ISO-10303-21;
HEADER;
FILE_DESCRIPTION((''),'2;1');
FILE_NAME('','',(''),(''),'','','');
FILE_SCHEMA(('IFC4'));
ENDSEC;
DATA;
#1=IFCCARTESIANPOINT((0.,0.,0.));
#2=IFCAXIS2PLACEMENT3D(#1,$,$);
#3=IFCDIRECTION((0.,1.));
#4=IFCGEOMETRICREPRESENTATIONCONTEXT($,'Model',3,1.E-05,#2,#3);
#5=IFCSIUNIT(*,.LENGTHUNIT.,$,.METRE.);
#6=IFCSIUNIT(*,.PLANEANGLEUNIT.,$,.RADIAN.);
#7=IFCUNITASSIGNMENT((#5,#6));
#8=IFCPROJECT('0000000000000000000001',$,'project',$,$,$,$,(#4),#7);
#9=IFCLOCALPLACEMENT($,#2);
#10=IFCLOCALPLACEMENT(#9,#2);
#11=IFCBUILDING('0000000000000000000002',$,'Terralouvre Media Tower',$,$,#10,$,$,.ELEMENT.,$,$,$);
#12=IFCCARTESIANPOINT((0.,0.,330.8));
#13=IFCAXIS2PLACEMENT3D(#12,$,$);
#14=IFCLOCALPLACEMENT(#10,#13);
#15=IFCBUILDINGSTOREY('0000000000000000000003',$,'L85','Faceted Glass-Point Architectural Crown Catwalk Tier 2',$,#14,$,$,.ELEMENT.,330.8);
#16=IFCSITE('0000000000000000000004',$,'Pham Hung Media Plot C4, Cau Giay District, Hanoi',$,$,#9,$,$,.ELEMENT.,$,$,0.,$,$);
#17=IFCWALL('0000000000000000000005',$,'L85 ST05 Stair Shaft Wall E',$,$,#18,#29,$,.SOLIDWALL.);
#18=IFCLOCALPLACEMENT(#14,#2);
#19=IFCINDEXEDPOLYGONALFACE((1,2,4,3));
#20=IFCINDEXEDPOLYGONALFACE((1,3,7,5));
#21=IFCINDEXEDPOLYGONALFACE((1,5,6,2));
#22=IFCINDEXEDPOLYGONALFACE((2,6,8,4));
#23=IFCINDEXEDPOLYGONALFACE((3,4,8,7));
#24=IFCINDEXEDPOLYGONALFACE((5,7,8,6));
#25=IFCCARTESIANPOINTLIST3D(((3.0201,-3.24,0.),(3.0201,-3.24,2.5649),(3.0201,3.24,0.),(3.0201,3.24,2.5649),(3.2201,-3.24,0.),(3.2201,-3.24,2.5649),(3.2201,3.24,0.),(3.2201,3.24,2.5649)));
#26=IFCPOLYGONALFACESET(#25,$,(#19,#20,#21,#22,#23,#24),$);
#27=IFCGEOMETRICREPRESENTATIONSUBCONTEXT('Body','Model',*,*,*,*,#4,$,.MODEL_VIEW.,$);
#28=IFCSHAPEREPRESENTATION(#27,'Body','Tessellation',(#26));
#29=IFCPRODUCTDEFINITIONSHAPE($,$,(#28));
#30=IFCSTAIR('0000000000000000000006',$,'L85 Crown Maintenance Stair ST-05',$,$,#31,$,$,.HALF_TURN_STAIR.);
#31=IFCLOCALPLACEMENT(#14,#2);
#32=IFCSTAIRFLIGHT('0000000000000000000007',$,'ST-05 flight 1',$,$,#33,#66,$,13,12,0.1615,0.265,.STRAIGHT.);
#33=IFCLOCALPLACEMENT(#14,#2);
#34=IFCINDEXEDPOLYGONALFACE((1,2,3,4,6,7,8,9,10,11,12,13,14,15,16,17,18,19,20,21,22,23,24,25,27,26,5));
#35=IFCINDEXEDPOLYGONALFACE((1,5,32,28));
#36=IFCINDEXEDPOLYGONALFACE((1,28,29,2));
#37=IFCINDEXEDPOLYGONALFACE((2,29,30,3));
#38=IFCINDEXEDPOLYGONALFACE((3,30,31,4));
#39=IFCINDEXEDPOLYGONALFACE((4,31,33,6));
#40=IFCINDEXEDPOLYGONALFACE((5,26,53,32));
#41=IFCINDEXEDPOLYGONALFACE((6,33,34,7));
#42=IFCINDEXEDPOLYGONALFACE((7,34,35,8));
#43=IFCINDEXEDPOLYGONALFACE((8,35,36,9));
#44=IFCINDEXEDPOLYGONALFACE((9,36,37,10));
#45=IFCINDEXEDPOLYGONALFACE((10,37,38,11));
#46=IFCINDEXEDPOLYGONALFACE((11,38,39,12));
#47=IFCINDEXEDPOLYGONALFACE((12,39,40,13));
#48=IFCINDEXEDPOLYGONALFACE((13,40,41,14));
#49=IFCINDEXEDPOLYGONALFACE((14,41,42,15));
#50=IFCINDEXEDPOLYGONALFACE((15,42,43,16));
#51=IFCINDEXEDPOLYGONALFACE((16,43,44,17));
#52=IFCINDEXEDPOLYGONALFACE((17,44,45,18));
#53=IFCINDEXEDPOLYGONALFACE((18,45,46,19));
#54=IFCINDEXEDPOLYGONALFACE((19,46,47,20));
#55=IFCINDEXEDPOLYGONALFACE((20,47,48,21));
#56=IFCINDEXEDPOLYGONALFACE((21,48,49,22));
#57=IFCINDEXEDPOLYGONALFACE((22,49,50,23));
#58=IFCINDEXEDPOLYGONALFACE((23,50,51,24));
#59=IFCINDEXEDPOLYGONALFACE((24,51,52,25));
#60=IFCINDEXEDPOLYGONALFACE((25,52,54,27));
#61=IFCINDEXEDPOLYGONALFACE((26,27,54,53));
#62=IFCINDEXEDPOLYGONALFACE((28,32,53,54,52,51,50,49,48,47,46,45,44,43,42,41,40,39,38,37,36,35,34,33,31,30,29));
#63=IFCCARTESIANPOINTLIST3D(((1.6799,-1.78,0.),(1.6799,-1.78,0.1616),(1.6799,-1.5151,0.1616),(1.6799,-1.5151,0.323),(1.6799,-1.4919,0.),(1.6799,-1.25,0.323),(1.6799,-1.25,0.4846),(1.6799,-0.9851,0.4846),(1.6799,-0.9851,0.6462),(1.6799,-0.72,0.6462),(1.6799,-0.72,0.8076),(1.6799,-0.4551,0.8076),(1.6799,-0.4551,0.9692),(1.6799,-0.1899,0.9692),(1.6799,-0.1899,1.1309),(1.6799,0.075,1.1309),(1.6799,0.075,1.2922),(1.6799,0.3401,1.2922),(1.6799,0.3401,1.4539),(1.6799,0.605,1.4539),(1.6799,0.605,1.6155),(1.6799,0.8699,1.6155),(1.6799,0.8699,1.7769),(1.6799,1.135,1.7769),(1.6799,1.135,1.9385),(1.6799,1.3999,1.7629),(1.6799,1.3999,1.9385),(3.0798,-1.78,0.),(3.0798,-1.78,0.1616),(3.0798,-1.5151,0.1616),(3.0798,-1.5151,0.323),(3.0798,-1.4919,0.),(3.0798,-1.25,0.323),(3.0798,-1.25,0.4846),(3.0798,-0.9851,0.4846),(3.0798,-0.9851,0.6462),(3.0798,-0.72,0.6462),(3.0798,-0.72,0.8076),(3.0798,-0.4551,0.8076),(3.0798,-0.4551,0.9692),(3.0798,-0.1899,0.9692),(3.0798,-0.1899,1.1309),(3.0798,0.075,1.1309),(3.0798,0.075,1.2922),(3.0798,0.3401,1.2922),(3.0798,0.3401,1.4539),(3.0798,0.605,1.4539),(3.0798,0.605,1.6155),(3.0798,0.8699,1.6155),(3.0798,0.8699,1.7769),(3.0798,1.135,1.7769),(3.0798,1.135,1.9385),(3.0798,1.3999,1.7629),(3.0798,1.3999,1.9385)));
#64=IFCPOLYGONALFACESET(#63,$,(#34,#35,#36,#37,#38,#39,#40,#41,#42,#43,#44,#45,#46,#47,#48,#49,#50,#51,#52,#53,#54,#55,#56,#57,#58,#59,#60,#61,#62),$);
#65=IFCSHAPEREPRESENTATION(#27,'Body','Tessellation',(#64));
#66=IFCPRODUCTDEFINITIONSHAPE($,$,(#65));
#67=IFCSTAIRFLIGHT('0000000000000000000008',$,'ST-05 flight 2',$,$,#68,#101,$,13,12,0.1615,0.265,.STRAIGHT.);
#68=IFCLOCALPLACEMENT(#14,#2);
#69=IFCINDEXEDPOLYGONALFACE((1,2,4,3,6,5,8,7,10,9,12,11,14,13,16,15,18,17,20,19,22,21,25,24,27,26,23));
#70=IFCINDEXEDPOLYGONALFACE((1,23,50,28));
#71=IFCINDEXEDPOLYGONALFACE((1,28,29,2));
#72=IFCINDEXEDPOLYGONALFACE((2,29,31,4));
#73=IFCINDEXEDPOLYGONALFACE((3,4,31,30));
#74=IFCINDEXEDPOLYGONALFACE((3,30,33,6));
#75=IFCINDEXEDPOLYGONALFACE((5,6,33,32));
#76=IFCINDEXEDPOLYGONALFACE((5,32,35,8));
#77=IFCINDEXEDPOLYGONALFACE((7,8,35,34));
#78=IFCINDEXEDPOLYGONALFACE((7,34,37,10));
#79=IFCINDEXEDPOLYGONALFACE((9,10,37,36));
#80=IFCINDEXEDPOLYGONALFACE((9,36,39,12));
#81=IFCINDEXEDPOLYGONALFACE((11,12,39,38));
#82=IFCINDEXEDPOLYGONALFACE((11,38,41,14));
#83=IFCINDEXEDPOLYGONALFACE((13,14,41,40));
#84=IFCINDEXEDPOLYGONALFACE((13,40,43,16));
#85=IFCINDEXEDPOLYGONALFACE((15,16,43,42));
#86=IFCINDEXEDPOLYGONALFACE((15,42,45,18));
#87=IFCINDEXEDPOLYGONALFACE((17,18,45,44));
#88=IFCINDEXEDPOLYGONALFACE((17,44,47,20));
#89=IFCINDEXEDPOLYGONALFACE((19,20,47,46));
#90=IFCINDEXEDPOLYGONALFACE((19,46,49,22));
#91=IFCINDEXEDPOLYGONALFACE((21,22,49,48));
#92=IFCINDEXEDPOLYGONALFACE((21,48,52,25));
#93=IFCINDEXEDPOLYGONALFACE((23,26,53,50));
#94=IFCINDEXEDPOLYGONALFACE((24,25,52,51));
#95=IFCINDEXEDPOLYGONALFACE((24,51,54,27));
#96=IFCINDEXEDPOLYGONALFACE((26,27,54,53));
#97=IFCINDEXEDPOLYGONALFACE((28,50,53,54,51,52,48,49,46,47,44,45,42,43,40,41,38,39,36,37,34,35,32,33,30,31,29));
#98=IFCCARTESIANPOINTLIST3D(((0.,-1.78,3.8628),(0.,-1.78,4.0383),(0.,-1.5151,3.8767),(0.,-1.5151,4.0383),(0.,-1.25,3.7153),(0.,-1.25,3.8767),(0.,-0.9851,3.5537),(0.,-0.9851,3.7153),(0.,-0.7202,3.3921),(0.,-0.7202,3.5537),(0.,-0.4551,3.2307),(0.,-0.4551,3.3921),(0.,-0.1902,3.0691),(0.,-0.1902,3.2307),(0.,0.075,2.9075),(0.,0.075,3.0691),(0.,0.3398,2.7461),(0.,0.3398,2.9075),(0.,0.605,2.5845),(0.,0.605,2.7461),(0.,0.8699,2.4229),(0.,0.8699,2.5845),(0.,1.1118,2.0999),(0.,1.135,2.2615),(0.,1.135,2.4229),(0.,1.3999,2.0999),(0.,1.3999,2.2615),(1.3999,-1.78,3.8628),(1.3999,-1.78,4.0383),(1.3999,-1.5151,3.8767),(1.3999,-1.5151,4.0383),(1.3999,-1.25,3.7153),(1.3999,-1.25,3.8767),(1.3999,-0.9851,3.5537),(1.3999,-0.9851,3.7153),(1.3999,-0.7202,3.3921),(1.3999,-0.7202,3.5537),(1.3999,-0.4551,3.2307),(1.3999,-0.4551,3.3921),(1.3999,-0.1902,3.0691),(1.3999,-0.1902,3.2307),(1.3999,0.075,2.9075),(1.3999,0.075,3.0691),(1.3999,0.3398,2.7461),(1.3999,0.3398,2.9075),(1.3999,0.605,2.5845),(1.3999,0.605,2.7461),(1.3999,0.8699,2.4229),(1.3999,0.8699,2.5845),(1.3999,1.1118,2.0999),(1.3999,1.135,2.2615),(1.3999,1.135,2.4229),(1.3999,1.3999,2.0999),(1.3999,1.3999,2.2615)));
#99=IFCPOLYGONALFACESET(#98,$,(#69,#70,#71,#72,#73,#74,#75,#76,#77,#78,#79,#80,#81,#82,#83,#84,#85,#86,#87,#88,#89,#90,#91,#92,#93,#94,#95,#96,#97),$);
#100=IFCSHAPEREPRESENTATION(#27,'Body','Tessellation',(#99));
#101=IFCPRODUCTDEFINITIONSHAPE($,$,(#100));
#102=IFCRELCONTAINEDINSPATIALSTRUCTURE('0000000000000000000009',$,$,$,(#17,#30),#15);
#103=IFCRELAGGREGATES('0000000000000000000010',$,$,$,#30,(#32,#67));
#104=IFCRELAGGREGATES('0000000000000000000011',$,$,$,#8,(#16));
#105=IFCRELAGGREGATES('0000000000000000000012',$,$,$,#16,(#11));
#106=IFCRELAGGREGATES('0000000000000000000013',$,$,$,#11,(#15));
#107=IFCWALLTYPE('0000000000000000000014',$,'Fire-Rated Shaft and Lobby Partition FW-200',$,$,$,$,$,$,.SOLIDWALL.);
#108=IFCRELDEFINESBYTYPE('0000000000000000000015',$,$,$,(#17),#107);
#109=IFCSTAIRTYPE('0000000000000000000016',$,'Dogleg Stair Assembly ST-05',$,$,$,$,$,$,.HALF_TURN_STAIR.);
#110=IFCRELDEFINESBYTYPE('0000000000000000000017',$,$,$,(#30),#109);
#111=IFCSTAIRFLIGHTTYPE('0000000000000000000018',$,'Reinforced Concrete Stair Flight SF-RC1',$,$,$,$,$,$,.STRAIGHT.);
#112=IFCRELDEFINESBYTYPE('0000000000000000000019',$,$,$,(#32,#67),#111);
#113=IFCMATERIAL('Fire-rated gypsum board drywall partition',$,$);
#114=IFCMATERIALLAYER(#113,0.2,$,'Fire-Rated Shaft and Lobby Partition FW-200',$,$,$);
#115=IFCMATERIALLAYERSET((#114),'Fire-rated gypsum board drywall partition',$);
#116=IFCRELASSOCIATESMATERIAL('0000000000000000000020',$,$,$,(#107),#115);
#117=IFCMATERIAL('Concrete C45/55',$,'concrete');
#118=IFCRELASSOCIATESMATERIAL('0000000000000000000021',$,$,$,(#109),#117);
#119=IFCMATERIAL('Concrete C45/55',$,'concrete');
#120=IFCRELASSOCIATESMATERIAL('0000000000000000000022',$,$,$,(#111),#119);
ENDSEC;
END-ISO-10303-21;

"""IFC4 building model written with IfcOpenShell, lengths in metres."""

from ifc_helpers import new_model, si_unit, direction, frame, frame_2d, origin, place, context, subcontext, project, spatial, polyline, rectangle, outline, extrude, material, layer, layer_set, type_object, element, aggregate, save


model = new_model("IFC4")

# Units and contexts
model_context = context("Model", 3, precision=1e-05, world=origin(), true_north=direction((0.0, 1.0)))
body_context = subcontext(model_context, "Body", "Model", "MODEL_VIEW")
ifc_project = project(units=[si_unit("LENGTHUNIT", "METRE"), si_unit("PLANEANGLEUNIT", "RADIAN")], contexts=[model_context])

# Site, building, storey
site_placement = place(None, origin())
site = spatial("IfcSite", under=ifc_project, at=site_placement, Name="Pham Hung Media Plot C4, Cau Giay District, Hanoi", CompositionType="ELEMENT", RefElevation=0.0)
building_placement = place(site_placement, origin())
building = spatial("IfcBuilding", under=site, at=building_placement, Name="Terralouvre Media Tower", CompositionType="ELEMENT")
storey_placement = place(building_placement, frame((0.0, 0.0, 330.8)))
storey = spatial("IfcBuildingStorey", under=building, at=storey_placement, Name="L85", Description="Faceted Glass-Point Architectural Crown Catwalk Tier 2", CompositionType="ELEMENT", Elevation=330.8)

# Wall
ifc_material_1 = material(Name="Fire-rated gypsum board drywall partition")
ifc_layer_1 = layer(ifc_material_1, 0.2, Name="Fire-Rated Shaft and Lobby Partition FW-200")
ifc_layer_set_1 = layer_set([ifc_layer_1], Name="Fire-rated gypsum board drywall partition")
wall_type = type_object("IfcWallType", Name="Fire-Rated Shaft and Lobby Partition FW-200", PredefinedType="SOLIDWALL", material=ifc_layer_set_1)
wall_placement = place(storey_placement, frame((3.1201, -3.24, 0.0), z_axis=(0.0, 0.0, 1.0), x_axis=(0.0, 1.0, 0.0)))
element("IfcWall", 1, at=wall_placement, inside=storey, type_object=wall_type, Name="L85 ST05 Stair Shaft Wall E", PredefinedType="SOLIDWALL", context=body_context, shape_type="SweptSolid", body=[
    extrude(rectangle(XDim=6.48, YDim=0.2, at=frame_2d((3.24, 0.0))), origin(), (0.0, 0.0, 1.0), 2.5649),
])

# Stair, stair flights
ifc_material_2 = material(Name="Concrete C45/55", Category="concrete")
stair_type = type_object("IfcStairType", Name="Dogleg Stair Assembly ST-05", PredefinedType="HALF_TURN_STAIR", material=ifc_material_2)
stair_placement = place(storey_placement, origin())
stair = element("IfcStair", 2, at=stair_placement, inside=storey, type_object=stair_type, Name="L85 Crown Maintenance Stair ST-05", PredefinedType="HALF_TURN_STAIR")
ifc_material_3 = material(Name="Concrete C45/55", Category="concrete")
stair_flight_type = type_object("IfcStairFlightType", Name="Reinforced Concrete Stair Flight SF-RC1", PredefinedType="STRAIGHT", material=ifc_material_3)
stair_flight_1_placement = place(storey_placement, frame((2.3799, -1.78, 0.0), z_axis=(0.0, 0.0, 1.0), x_axis=(0.0, 1.0, 0.0)))
stair_flight_1 = element("IfcStairFlight", 3, at=stair_flight_1_placement, type_object=stair_flight_type, Name="ST-05 flight 1", NumberOfRisers=13, NumberOfTreads=12, PredefinedType="STRAIGHT", RiserHeight=0.1615, TreadLength=0.265, context=body_context, shape_type="SweptSolid", body=[
    extrude(outline(polyline([(0.0, 0.0), (0.0, 0.1616), (0.2649, 0.1616), (0.2649, 0.323), (0.53, 0.323), (0.53, 0.4846), (0.7949, 0.4846), (0.7949, 0.6462), (1.0601, 0.6462), (1.0601, 0.8076), (1.325, 0.8076), (1.325, 0.9692), (1.5901, 0.9692), (1.5901, 1.1309), (1.855, 1.1309), (1.855, 1.2922), (2.1201, 1.2922), (2.1201, 1.4539), (2.385, 1.4539), (2.385, 1.6155), (2.6499, 1.6155), (2.6499, 1.7769), (2.915, 1.7769), (2.915, 1.9385), (3.1799, 1.9385), (3.1799, 2.1001), (3.1799, 1.7629), (0.2881, 0.0), (0.0, 0.0)])), frame((0.0, 0.7, 0.0), z_axis=(0.0, -1.0, 0.0), x_axis=(1.0, 0.0, 0.0)), (0.0, 0.0, 1.0), 1.3999),
])
stair_flight_2_placement = place(storey_placement, frame((0.7, 1.3999, 2.0999), z_axis=(0.0, 0.0, 1.0), x_axis=(0.0, -1.0, 0.0)))
stair_flight_2 = element("IfcStairFlight", 4, at=stair_flight_2_placement, type_object=stair_flight_type, Name="ST-05 flight 2", NumberOfRisers=13, NumberOfTreads=12, PredefinedType="STRAIGHT", RiserHeight=0.1615, TreadLength=0.265, context=body_context, shape_type="SweptSolid", body=[
    extrude(outline(polyline([(0.0, 0.0), (0.0, 0.1616), (0.2649, 0.1616), (0.2649, 0.323), (0.53, 0.323), (0.53, 0.4846), (0.7949, 0.4846), (0.7949, 0.6462), (1.0601, 0.6462), (1.0601, 0.8076), (1.325, 0.8076), (1.325, 0.9692), (1.5901, 0.9692), (1.5901, 1.1309), (1.855, 1.1309), (1.855, 1.2922), (2.1201, 1.2922), (2.1201, 1.4539), (2.385, 1.4539), (2.385, 1.6155), (2.6499, 1.6155), (2.6499, 1.7769), (2.915, 1.7769), (2.915, 1.9385), (3.1799, 1.9385), (3.1799, 2.1001), (3.1799, 1.7629), (0.2881, 0.0), (0.0, 0.0)])), frame((0.0, 0.7, 0.0), z_axis=(0.0, -1.0, 0.0), x_axis=(1.0, 0.0, 0.0)), (0.0, 0.0, 1.0), 1.3999),
])
aggregate(stair, [stair_flight_1, stair_flight_2])

save(model, "model.ifc")
